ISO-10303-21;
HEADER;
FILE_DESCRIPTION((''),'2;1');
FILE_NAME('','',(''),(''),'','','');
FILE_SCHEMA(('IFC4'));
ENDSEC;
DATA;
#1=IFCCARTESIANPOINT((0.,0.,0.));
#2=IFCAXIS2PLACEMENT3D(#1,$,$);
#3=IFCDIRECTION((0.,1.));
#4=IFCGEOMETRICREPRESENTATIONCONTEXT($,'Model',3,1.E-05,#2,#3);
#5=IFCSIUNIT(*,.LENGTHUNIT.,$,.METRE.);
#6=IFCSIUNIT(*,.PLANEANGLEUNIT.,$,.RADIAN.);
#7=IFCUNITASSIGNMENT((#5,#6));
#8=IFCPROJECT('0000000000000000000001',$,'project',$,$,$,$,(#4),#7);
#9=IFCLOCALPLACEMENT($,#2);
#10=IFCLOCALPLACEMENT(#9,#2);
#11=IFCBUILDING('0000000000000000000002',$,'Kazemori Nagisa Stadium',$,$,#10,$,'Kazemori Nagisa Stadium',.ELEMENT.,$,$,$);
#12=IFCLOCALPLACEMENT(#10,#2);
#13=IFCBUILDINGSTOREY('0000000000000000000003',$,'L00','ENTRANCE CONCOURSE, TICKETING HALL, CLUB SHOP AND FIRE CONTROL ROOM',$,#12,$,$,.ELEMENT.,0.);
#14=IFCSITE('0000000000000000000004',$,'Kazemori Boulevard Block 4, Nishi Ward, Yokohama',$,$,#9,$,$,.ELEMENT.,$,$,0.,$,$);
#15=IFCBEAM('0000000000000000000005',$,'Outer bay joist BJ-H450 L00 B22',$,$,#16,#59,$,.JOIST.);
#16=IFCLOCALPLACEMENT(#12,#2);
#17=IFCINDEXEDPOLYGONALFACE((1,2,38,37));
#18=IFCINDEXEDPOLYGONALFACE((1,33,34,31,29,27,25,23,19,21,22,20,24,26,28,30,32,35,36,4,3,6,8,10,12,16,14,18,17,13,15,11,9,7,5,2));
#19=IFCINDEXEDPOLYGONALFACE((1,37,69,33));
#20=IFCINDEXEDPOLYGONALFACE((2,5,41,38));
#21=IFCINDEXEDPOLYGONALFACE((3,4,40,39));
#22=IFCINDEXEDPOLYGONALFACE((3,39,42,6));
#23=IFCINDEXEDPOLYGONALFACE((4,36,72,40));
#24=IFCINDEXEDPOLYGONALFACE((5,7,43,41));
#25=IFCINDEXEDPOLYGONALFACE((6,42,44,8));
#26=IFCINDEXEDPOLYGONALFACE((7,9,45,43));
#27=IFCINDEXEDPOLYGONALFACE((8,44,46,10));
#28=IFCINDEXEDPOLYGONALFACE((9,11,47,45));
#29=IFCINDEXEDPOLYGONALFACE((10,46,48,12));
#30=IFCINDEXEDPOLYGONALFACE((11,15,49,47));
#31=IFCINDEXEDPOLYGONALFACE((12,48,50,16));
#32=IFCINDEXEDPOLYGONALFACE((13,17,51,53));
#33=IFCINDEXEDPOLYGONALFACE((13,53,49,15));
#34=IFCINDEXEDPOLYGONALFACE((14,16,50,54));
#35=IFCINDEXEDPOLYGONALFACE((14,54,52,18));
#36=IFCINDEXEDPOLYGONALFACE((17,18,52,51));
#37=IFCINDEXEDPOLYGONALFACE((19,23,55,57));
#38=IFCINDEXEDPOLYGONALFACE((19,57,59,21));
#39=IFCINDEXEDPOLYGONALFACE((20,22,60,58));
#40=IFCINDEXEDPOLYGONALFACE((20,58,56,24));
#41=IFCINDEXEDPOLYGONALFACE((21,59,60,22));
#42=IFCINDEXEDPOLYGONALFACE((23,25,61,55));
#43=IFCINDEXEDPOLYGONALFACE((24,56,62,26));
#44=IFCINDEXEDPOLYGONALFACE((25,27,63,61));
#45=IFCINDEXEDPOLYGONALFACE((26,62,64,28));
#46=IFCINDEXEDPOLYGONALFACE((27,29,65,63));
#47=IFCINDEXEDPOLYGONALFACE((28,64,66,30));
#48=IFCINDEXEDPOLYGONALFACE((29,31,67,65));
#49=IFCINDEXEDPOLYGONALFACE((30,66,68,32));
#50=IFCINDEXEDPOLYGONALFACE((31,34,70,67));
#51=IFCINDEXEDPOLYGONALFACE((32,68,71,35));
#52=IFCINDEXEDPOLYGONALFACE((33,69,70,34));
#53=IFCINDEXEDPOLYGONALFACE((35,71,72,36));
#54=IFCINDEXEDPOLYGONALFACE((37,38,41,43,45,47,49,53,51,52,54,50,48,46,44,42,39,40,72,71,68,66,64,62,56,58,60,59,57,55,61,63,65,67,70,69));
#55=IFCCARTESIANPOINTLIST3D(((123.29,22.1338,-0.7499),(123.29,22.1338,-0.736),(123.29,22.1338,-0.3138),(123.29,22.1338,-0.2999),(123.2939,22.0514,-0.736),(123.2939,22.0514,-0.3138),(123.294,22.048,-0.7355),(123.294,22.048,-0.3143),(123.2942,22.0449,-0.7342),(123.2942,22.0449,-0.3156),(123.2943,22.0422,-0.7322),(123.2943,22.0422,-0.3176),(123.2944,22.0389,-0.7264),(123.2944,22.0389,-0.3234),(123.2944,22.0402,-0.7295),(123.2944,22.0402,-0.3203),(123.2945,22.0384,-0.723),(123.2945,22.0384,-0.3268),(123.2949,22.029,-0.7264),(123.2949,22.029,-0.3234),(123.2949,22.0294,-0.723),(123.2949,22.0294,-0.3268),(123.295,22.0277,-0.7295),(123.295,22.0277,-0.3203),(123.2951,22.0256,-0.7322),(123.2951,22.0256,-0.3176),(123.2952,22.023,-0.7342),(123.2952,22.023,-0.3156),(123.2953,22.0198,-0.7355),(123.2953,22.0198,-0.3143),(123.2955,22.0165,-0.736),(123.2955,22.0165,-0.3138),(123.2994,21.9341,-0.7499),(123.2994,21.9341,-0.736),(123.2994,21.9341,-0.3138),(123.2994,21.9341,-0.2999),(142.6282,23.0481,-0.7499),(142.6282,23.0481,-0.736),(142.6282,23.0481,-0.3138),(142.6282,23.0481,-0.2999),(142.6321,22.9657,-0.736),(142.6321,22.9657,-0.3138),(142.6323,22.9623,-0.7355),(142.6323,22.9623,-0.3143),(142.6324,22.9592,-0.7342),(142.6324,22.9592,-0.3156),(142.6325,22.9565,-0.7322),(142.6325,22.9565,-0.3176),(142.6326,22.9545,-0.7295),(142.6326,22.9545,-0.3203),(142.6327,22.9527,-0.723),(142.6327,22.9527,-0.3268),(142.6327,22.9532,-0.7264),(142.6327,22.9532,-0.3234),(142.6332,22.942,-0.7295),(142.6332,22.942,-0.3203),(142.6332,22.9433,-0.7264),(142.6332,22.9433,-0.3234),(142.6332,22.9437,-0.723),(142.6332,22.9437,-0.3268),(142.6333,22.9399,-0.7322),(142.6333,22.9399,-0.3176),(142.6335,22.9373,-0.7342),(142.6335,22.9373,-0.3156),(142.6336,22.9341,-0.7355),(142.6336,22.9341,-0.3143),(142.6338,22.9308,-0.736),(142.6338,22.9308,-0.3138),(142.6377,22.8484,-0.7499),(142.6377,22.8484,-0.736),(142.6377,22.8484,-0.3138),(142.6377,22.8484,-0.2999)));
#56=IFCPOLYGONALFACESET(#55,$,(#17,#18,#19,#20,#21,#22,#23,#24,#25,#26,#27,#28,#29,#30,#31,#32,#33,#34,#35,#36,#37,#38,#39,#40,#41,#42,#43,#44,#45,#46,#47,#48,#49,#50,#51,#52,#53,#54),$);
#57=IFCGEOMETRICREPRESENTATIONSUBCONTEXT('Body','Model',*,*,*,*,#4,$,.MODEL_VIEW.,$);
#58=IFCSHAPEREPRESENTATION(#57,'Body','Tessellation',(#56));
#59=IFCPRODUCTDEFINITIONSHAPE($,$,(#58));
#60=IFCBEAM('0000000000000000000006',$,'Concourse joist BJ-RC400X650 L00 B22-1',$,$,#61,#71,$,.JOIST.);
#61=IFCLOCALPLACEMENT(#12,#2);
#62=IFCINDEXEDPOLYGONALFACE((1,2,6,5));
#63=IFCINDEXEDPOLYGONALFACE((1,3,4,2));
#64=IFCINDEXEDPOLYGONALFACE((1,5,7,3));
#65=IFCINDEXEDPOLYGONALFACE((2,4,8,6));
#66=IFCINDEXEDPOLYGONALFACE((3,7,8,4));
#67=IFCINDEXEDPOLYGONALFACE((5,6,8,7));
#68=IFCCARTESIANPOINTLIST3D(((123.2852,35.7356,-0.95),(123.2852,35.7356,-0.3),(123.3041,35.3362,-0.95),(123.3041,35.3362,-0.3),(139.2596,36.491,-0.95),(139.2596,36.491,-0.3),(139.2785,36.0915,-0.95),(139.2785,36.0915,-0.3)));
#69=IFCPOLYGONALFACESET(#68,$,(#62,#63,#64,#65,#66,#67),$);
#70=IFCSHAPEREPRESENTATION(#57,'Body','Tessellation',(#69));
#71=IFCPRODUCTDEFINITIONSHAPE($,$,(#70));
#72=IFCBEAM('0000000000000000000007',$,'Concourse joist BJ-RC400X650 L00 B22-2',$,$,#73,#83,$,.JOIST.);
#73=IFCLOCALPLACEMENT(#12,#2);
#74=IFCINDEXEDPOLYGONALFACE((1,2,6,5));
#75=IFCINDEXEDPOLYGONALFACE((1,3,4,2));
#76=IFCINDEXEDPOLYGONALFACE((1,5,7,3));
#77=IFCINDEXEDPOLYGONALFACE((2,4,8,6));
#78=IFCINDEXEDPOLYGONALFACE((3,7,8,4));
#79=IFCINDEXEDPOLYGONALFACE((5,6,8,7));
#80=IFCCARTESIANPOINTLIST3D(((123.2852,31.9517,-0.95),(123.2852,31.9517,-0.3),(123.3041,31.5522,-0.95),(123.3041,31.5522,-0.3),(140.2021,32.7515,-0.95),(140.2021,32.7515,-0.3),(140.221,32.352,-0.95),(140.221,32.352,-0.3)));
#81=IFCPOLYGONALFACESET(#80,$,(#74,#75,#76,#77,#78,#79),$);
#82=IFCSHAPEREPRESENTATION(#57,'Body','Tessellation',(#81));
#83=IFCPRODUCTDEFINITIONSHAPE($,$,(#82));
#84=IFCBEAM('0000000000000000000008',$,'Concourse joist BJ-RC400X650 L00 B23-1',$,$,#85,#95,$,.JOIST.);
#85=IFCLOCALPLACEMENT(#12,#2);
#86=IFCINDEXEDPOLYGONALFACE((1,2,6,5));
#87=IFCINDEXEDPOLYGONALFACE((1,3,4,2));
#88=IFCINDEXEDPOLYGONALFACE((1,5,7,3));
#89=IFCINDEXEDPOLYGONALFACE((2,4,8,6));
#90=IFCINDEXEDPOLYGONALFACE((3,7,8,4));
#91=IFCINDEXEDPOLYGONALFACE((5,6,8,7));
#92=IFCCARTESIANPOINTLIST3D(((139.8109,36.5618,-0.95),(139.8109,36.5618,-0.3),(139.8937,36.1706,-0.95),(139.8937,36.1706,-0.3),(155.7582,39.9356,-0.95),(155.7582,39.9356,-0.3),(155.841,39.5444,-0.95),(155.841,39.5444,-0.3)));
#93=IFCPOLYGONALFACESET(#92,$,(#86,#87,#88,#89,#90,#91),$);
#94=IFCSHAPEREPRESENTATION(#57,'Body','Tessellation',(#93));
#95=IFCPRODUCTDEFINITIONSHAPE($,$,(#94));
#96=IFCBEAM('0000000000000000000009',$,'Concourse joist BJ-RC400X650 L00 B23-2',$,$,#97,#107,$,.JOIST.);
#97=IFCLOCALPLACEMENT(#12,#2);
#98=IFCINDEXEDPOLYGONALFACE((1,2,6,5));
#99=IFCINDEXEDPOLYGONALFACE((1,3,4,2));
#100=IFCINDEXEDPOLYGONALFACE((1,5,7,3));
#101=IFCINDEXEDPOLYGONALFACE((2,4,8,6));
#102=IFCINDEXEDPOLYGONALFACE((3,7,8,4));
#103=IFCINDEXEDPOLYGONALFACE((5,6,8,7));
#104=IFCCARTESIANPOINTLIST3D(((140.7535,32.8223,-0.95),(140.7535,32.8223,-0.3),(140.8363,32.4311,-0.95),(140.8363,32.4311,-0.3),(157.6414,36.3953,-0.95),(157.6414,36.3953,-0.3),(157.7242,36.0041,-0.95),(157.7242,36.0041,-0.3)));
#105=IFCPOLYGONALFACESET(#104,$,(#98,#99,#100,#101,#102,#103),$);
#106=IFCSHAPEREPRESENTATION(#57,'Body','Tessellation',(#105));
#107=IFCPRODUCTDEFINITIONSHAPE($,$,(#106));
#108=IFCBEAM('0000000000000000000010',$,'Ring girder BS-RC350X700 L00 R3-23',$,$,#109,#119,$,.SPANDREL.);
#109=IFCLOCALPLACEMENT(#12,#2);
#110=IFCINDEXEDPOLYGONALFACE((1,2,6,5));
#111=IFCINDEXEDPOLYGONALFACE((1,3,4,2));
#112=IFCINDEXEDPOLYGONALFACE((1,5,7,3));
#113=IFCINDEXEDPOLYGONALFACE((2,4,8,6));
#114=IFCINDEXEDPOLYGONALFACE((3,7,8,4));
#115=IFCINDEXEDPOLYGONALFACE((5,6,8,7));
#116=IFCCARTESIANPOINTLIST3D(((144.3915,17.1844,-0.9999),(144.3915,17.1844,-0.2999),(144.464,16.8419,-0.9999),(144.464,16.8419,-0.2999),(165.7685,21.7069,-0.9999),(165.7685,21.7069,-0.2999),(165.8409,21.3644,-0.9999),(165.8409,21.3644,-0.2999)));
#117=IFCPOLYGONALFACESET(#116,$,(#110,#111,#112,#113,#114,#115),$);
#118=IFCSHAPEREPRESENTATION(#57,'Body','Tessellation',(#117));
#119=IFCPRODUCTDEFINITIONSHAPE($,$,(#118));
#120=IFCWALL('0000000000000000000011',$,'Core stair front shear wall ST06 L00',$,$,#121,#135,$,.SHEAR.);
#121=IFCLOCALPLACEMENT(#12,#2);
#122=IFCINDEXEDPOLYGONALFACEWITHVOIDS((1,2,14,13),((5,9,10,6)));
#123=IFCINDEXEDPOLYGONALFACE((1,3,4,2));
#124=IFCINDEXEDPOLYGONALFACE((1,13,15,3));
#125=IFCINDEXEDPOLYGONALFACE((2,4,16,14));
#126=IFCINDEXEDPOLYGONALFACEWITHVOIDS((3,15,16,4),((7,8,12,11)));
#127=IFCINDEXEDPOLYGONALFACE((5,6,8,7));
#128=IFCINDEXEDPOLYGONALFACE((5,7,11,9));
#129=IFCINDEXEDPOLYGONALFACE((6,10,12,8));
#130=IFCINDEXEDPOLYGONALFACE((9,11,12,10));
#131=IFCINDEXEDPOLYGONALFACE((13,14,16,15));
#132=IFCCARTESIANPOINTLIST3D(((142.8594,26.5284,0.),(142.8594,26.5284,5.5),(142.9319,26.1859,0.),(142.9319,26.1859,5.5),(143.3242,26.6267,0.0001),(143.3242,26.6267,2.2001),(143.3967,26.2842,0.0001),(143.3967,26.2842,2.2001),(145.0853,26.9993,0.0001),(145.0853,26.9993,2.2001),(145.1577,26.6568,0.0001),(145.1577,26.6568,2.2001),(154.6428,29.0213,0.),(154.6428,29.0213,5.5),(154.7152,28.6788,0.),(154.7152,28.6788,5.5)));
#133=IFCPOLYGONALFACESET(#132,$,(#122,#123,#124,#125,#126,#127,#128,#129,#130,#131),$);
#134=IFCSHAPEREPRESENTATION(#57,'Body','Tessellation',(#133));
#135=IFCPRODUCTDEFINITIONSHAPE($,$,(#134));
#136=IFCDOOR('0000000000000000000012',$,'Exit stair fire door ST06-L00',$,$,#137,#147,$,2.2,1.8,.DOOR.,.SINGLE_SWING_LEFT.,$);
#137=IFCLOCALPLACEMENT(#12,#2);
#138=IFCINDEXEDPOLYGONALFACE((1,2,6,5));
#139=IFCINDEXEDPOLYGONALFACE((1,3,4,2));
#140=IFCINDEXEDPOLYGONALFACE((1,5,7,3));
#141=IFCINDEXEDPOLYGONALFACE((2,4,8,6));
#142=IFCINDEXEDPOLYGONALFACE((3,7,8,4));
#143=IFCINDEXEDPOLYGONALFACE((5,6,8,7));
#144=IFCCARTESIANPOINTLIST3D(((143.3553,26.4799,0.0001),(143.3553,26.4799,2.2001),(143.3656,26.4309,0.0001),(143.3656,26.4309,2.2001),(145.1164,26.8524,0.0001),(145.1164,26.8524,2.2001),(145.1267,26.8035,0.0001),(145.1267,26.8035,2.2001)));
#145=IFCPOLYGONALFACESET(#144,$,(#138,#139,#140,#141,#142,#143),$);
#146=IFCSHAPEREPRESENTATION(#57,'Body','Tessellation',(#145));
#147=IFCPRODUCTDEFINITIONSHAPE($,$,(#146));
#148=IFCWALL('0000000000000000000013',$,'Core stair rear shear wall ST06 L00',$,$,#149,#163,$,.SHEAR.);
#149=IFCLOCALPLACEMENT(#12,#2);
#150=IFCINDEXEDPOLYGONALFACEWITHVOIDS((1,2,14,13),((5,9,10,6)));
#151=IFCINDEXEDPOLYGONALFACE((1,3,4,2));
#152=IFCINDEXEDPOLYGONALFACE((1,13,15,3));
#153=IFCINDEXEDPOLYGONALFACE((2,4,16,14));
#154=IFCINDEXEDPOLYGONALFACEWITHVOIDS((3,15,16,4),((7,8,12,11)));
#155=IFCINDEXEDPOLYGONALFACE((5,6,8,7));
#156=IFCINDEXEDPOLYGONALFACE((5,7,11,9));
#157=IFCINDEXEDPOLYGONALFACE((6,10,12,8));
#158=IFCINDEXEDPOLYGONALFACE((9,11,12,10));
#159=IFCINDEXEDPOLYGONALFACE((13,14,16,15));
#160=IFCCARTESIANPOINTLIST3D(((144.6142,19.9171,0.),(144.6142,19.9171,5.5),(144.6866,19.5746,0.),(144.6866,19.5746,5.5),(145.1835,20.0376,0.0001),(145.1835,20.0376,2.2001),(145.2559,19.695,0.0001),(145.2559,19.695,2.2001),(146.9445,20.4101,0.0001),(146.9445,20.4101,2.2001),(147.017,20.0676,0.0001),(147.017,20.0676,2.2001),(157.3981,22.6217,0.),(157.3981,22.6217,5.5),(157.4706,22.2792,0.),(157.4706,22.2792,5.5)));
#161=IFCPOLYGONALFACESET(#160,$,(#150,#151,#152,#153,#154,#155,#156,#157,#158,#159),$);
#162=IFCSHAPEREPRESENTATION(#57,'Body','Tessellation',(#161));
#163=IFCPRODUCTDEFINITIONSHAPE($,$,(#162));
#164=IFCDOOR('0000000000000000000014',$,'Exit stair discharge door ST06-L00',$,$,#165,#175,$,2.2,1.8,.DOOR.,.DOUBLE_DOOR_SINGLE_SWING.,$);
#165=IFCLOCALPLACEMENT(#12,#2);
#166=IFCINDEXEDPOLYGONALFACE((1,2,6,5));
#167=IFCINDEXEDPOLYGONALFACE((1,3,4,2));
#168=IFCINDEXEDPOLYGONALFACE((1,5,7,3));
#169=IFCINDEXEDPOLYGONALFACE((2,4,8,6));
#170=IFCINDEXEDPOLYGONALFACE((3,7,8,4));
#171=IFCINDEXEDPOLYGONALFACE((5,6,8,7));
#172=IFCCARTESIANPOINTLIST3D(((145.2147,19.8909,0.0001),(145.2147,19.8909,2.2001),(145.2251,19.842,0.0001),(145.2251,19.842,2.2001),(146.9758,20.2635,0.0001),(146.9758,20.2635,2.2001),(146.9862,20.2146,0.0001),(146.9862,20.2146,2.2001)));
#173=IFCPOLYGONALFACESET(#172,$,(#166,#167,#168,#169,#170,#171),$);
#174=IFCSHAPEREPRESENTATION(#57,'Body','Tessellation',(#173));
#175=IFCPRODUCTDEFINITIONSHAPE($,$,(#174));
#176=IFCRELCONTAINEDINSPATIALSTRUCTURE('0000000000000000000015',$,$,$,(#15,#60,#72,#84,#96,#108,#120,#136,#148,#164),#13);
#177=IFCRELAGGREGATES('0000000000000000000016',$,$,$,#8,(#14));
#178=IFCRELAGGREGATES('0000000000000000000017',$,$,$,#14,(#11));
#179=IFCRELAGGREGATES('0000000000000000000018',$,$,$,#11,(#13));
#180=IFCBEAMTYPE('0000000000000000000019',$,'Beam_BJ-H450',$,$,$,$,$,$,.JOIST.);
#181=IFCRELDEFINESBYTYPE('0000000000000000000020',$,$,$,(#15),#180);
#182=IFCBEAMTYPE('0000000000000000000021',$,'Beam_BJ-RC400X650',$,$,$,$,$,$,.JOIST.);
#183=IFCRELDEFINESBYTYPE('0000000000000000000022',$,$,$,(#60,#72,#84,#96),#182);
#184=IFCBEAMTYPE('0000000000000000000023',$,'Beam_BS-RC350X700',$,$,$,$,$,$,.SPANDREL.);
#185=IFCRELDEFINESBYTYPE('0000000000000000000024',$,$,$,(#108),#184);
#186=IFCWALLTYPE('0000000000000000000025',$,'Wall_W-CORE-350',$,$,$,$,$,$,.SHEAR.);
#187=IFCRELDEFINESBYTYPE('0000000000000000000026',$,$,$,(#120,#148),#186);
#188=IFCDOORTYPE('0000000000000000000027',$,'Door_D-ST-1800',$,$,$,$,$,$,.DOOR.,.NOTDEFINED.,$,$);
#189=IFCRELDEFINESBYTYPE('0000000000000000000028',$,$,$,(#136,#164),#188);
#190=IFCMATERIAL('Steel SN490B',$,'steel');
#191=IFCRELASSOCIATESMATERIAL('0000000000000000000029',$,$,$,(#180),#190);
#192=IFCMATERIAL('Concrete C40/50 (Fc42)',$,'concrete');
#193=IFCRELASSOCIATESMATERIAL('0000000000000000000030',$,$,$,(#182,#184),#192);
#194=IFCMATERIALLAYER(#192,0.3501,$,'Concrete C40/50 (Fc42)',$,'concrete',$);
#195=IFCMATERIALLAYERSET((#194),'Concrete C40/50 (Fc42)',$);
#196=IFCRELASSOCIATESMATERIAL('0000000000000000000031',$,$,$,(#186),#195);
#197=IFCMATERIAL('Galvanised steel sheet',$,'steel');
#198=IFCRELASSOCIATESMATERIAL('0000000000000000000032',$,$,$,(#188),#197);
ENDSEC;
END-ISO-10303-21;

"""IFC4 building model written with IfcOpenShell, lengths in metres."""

from ifc_helpers import new_model, si_unit, direction, frame, frame_2d, origin, origin_2d, place, context, subcontext, project, spatial, rectangle, i_section, extrude, material, layer, layer_set, material_profile, profile_set, type_object, element, fill, save


model = new_model("IFC4")

# Units and contexts
model_context = context("Model", 3, precision=1e-05, world=origin(), true_north=direction((0.0, 1.0)))
body_context = subcontext(model_context, "Body", "Model", "MODEL_VIEW")
ifc_project = project(units=[si_unit("LENGTHUNIT", "METRE"), si_unit("PLANEANGLEUNIT", "RADIAN")], contexts=[model_context])

# Site, building, storey
site_placement = place(None, origin())
site = spatial("IfcSite", under=ifc_project, at=site_placement, Name="Kazemori Boulevard Block 4, Nishi Ward, Yokohama", CompositionType="ELEMENT", RefElevation=0.0)
building_placement = place(site_placement, origin())
building = spatial("IfcBuilding", under=site, at=building_placement, Name="Kazemori Nagisa Stadium", LongName="Kazemori Nagisa Stadium", CompositionType="ELEMENT")
storey_placement = place(building_placement, origin())
storey = spatial("IfcBuildingStorey", under=building, at=storey_placement, Name="L00", Description="ENTRANCE CONCOURSE, TICKETING HALL, CLUB SHOP AND FIRE CONTROL ROOM", CompositionType="ELEMENT", Elevation=0.0)

# Shared definitions
ifc_material_1 = material(Name="Concrete C40/50 (Fc42)", Category="concrete")

# Beams
ifc_material_2 = material(Name="Steel SN490B", Category="steel")
ifc_material_profile_1 = material_profile(ifc_material_2, i_section(OverallWidth=0.2, OverallDepth=0.45, WebThickness=0.009, FlangeThickness=0.0139, FilletRadius=0.0129, at=origin_2d()), Name="H-450x200x9x14")
ifc_profile_set_1 = profile_set([ifc_material_profile_1], Name="Steel SN490B")
beam_type_1 = type_object("IfcBeamType", Name="Beam_BJ-H450", PredefinedType="JOIST", material=ifc_profile_set_1)
beam_1_placement = place(storey_placement, frame((123.2947, 22.0339, -0.5249), z_axis=(0.998884, 0.047227, 0.0), x_axis=(-0.047227, 0.998884, 0.0)))
element("IfcBeam", 1, at=beam_1_placement, inside=storey, type_object=beam_type_1, Name="Outer bay joist BJ-H450 L00 B22", PredefinedType="JOIST", context=body_context, shape_type="SweptSolid", body=[
    extrude(i_section(OverallWidth=0.2, OverallDepth=0.45, WebThickness=0.009, FlangeThickness=0.0139, FilletRadius=0.0129, at=origin_2d()), origin(), (0.0, 0.0, 1.0), 19.3599),
])
ifc_material_profile_2 = material_profile(ifc_material_1, rectangle(XDim=0.3999, YDim=0.6499, at=origin_2d()), Name="RC-BM-400x650")
ifc_profile_set_2 = profile_set([ifc_material_profile_2], Name="Concrete C40/50 (Fc42)")
beam_type_2 = type_object("IfcBeamType", Name="Beam_BJ-RC400X650", PredefinedType="JOIST", material=ifc_profile_set_2)
beam_2_placement = place(storey_placement, frame((123.2947, 35.5359, -0.625), z_axis=(0.998884, 0.047234, 0.0), x_axis=(-0.047234, 0.998884, 0.0)))
element("IfcBeam", 2, at=beam_2_placement, inside=storey, type_object=beam_type_2, Name="Concourse joist BJ-RC400X650 L00 B22-1", PredefinedType="JOIST", context=body_context, shape_type="SweptSolid", body=[
    extrude(rectangle(XDim=0.3999, YDim=0.6499, at=origin_2d()), origin(), (0.0, 0.0, 1.0), 15.9922),
])
beam_3_placement = place(storey_placement, frame((123.2947, 31.752, -0.625), z_axis=(0.998884, 0.047225, 0.0), x_axis=(-0.047225, 0.998884, 0.0)))
element("IfcBeam", 3, at=beam_3_placement, inside=storey, type_object=beam_type_2, Name="Concourse joist BJ-RC400X650 L00 B22-2", PredefinedType="JOIST", context=body_context, shape_type="SweptSolid", body=[
    extrude(rectangle(XDim=0.3999, YDim=0.6499, at=origin_2d()), origin(), (0.0, 0.0, 1.0), 16.9358),
])
beam_4_placement = place(storey_placement, frame((139.8523, 36.3662, -0.625), z_axis=(0.978346, 0.206977, 0.0), x_axis=(-0.206977, 0.978346, 0.0)))
element("IfcBeam", 4, at=beam_4_placement, inside=storey, type_object=beam_type_2, Name="Concourse joist BJ-RC400X650 L00 B23-1", PredefinedType="JOIST", context=body_context, shape_type="SweptSolid", body=[
    extrude(rectangle(XDim=0.3999, YDim=0.6499, at=origin_2d()), origin(), (0.0, 0.0, 1.0), 16.3003),
])
beam_5_placement = place(storey_placement, frame((140.7949, 32.6267, -0.625), z_axis=(0.978343, 0.206989, 0.0), x_axis=(-0.206989, 0.978343, 0.0)))
element("IfcBeam", 5, at=beam_5_placement, inside=storey, type_object=beam_type_2, Name="Concourse joist BJ-RC400X650 L00 B23-2", PredefinedType="JOIST", context=body_context, shape_type="SweptSolid", body=[
    extrude(rectangle(XDim=0.3999, YDim=0.6499, at=origin_2d()), origin(), (0.0, 0.0, 1.0), 17.2617),
])
ifc_material_profile_3 = material_profile(ifc_material_1, rectangle(XDim=0.3501, YDim=0.7, at=origin_2d()), Name="RC-SP-350x700")
ifc_profile_set_3 = profile_set([ifc_material_profile_3], Name="Concrete C40/50 (Fc42)")
beam_type_3 = type_object("IfcBeamType", Name="Beam_BS-RC350X700", PredefinedType="SPANDREL", material=ifc_profile_set_3)
beam_6_placement = place(storey_placement, frame((144.4277, 17.0132, -0.6499), z_axis=(0.978346, 0.206977, 0.0), x_axis=(-0.206977, 0.978346, 0.0)))
element("IfcBeam", 6, at=beam_6_placement, inside=storey, type_object=beam_type_3, Name="Ring girder BS-RC350X700 L00 R3-23", PredefinedType="SPANDREL", context=body_context, shape_type="SweptSolid", body=[
    extrude(rectangle(XDim=0.3501, YDim=0.7, at=origin_2d()), origin(), (0.0, 0.0, 1.0), 21.8501),
])

# Walls, openings, doors
ifc_layer_1 = layer(ifc_material_1, 0.3501, Name="Concrete C40/50 (Fc42)", Category="concrete")
ifc_layer_set_1 = layer_set([ifc_layer_1], Name="Concrete C40/50 (Fc42)")
wall_type_1 = type_object("IfcWallType", Name="Wall_W-CORE-350", PredefinedType="SHEAR", material=ifc_layer_set_1)
wall_1_placement = place(storey_placement, frame((142.8958, 26.3572, 0.0), z_axis=(0.0, 0.0, 1.0), x_axis=(0.978345, 0.20698, 0.0)))
wall_1 = element("IfcWall", 7, at=wall_1_placement, inside=storey, type_object=wall_type_1, Name="Core stair front shear wall ST06 L00", PredefinedType="SHEAR", context=body_context, shape_type="SweptSolid", body=[
    extrude(rectangle(XDim=12.0442, YDim=0.3501, at=frame_2d((6.022, 0.0))), origin(), (0.0, 0.0, 1.0), 5.5),
])
opening_1_placement = place(wall_1_placement, frame((0.4751, 0.0, 0.0)))
opening_1 = element("IfcOpeningElement", 8, at=opening_1_placement, cuts=wall_1, PredefinedType="OPENING", context=body_context, shape_type="SweptSolid", body=[
    extrude(rectangle(XDim=1.8, YDim=2.2, at=frame_2d((0.8999, 1.1001))), frame((0.0, 0.1851, 0.0), z_axis=(0.0, -1.0, 0.0), x_axis=(1.0, 0.0, 0.0)), (0.0, 0.0, 1.0), 0.3701),
])
ifc_material_3 = material(Name="Galvanised steel sheet", Category="steel")
door_type_1 = type_object("IfcDoorType", Name="Door_D-ST-1800", OperationType="NOTDEFINED", PredefinedType="DOOR", material=ifc_material_3)
door_1_placement = place(opening_1_placement, origin())
door_1 = element("IfcDoor", 9, at=door_1_placement, inside=storey, type_object=door_type_1, Name="Exit stair fire door ST06-L00", OperationType="SINGLE_SWING_LEFT", OverallHeight=2.2, OverallWidth=1.8, PredefinedType="DOOR", context=body_context, shape_type="SweptSolid", body=[
    extrude(rectangle(XDim=1.8, YDim=2.2, at=frame_2d((0.8999, 1.1001))), frame((0.0, 0.0249, 0.0), z_axis=(0.0, -1.0, 0.0), x_axis=(1.0, 0.0, 0.0)), (0.0, 0.0, 1.0), 0.05),
])
fill(opening_1, door_1)
wall_2_placement = place(storey_placement, frame((144.6504, 19.7458, 0.0), z_axis=(0.0, 0.0, 1.0), x_axis=(0.978345, 0.20698, 0.0)))
wall_2 = element("IfcWall", 10, at=wall_2_placement, inside=storey, type_object=wall_type_1, Name="Core stair rear shear wall ST06 L00", PredefinedType="SHEAR", context=body_context, shape_type="SweptSolid", body=[
    extrude(rectangle(XDim=13.0669, YDim=0.3501, at=frame_2d((6.5334, 0.0))), origin(), (0.0, 0.0, 1.0), 5.5),
])
opening_2_placement = place(wall_2_placement, frame((0.582, 0.0, 0.0)))
opening_2 = element("IfcOpeningElement", 11, at=opening_2_placement, cuts=wall_2, PredefinedType="OPENING", context=body_context, shape_type="SweptSolid", body=[
    extrude(rectangle(XDim=1.8, YDim=2.2, at=frame_2d((0.8999, 1.1001))), frame((0.0, 0.1851, 0.0), z_axis=(0.0, -1.0, 0.0), x_axis=(1.0, 0.0, 0.0)), (0.0, 0.0, 1.0), 0.3701),
])
door_2_placement = place(opening_2_placement, frame((1.8, 0.0, 0.0), z_axis=(0.0, 0.0, 1.0), x_axis=(-1.0, 0.0, 0.0)))
door_2 = element("IfcDoor", 12, at=door_2_placement, inside=storey, type_object=door_type_1, Name="Exit stair discharge door ST06-L00", OperationType="DOUBLE_DOOR_SINGLE_SWING", OverallHeight=2.2, OverallWidth=1.8, PredefinedType="DOOR", context=body_context, shape_type="SweptSolid", body=[
    extrude(rectangle(XDim=1.8, YDim=2.2, at=frame_2d((0.8999, 1.1001))), frame((0.0, 0.0249, 0.0), z_axis=(0.0, -1.0, 0.0), x_axis=(1.0, 0.0, 0.0)), (0.0, 0.0, 1.0), 0.05),
])
fill(opening_2, door_2)

save(model, "model.ifc")
